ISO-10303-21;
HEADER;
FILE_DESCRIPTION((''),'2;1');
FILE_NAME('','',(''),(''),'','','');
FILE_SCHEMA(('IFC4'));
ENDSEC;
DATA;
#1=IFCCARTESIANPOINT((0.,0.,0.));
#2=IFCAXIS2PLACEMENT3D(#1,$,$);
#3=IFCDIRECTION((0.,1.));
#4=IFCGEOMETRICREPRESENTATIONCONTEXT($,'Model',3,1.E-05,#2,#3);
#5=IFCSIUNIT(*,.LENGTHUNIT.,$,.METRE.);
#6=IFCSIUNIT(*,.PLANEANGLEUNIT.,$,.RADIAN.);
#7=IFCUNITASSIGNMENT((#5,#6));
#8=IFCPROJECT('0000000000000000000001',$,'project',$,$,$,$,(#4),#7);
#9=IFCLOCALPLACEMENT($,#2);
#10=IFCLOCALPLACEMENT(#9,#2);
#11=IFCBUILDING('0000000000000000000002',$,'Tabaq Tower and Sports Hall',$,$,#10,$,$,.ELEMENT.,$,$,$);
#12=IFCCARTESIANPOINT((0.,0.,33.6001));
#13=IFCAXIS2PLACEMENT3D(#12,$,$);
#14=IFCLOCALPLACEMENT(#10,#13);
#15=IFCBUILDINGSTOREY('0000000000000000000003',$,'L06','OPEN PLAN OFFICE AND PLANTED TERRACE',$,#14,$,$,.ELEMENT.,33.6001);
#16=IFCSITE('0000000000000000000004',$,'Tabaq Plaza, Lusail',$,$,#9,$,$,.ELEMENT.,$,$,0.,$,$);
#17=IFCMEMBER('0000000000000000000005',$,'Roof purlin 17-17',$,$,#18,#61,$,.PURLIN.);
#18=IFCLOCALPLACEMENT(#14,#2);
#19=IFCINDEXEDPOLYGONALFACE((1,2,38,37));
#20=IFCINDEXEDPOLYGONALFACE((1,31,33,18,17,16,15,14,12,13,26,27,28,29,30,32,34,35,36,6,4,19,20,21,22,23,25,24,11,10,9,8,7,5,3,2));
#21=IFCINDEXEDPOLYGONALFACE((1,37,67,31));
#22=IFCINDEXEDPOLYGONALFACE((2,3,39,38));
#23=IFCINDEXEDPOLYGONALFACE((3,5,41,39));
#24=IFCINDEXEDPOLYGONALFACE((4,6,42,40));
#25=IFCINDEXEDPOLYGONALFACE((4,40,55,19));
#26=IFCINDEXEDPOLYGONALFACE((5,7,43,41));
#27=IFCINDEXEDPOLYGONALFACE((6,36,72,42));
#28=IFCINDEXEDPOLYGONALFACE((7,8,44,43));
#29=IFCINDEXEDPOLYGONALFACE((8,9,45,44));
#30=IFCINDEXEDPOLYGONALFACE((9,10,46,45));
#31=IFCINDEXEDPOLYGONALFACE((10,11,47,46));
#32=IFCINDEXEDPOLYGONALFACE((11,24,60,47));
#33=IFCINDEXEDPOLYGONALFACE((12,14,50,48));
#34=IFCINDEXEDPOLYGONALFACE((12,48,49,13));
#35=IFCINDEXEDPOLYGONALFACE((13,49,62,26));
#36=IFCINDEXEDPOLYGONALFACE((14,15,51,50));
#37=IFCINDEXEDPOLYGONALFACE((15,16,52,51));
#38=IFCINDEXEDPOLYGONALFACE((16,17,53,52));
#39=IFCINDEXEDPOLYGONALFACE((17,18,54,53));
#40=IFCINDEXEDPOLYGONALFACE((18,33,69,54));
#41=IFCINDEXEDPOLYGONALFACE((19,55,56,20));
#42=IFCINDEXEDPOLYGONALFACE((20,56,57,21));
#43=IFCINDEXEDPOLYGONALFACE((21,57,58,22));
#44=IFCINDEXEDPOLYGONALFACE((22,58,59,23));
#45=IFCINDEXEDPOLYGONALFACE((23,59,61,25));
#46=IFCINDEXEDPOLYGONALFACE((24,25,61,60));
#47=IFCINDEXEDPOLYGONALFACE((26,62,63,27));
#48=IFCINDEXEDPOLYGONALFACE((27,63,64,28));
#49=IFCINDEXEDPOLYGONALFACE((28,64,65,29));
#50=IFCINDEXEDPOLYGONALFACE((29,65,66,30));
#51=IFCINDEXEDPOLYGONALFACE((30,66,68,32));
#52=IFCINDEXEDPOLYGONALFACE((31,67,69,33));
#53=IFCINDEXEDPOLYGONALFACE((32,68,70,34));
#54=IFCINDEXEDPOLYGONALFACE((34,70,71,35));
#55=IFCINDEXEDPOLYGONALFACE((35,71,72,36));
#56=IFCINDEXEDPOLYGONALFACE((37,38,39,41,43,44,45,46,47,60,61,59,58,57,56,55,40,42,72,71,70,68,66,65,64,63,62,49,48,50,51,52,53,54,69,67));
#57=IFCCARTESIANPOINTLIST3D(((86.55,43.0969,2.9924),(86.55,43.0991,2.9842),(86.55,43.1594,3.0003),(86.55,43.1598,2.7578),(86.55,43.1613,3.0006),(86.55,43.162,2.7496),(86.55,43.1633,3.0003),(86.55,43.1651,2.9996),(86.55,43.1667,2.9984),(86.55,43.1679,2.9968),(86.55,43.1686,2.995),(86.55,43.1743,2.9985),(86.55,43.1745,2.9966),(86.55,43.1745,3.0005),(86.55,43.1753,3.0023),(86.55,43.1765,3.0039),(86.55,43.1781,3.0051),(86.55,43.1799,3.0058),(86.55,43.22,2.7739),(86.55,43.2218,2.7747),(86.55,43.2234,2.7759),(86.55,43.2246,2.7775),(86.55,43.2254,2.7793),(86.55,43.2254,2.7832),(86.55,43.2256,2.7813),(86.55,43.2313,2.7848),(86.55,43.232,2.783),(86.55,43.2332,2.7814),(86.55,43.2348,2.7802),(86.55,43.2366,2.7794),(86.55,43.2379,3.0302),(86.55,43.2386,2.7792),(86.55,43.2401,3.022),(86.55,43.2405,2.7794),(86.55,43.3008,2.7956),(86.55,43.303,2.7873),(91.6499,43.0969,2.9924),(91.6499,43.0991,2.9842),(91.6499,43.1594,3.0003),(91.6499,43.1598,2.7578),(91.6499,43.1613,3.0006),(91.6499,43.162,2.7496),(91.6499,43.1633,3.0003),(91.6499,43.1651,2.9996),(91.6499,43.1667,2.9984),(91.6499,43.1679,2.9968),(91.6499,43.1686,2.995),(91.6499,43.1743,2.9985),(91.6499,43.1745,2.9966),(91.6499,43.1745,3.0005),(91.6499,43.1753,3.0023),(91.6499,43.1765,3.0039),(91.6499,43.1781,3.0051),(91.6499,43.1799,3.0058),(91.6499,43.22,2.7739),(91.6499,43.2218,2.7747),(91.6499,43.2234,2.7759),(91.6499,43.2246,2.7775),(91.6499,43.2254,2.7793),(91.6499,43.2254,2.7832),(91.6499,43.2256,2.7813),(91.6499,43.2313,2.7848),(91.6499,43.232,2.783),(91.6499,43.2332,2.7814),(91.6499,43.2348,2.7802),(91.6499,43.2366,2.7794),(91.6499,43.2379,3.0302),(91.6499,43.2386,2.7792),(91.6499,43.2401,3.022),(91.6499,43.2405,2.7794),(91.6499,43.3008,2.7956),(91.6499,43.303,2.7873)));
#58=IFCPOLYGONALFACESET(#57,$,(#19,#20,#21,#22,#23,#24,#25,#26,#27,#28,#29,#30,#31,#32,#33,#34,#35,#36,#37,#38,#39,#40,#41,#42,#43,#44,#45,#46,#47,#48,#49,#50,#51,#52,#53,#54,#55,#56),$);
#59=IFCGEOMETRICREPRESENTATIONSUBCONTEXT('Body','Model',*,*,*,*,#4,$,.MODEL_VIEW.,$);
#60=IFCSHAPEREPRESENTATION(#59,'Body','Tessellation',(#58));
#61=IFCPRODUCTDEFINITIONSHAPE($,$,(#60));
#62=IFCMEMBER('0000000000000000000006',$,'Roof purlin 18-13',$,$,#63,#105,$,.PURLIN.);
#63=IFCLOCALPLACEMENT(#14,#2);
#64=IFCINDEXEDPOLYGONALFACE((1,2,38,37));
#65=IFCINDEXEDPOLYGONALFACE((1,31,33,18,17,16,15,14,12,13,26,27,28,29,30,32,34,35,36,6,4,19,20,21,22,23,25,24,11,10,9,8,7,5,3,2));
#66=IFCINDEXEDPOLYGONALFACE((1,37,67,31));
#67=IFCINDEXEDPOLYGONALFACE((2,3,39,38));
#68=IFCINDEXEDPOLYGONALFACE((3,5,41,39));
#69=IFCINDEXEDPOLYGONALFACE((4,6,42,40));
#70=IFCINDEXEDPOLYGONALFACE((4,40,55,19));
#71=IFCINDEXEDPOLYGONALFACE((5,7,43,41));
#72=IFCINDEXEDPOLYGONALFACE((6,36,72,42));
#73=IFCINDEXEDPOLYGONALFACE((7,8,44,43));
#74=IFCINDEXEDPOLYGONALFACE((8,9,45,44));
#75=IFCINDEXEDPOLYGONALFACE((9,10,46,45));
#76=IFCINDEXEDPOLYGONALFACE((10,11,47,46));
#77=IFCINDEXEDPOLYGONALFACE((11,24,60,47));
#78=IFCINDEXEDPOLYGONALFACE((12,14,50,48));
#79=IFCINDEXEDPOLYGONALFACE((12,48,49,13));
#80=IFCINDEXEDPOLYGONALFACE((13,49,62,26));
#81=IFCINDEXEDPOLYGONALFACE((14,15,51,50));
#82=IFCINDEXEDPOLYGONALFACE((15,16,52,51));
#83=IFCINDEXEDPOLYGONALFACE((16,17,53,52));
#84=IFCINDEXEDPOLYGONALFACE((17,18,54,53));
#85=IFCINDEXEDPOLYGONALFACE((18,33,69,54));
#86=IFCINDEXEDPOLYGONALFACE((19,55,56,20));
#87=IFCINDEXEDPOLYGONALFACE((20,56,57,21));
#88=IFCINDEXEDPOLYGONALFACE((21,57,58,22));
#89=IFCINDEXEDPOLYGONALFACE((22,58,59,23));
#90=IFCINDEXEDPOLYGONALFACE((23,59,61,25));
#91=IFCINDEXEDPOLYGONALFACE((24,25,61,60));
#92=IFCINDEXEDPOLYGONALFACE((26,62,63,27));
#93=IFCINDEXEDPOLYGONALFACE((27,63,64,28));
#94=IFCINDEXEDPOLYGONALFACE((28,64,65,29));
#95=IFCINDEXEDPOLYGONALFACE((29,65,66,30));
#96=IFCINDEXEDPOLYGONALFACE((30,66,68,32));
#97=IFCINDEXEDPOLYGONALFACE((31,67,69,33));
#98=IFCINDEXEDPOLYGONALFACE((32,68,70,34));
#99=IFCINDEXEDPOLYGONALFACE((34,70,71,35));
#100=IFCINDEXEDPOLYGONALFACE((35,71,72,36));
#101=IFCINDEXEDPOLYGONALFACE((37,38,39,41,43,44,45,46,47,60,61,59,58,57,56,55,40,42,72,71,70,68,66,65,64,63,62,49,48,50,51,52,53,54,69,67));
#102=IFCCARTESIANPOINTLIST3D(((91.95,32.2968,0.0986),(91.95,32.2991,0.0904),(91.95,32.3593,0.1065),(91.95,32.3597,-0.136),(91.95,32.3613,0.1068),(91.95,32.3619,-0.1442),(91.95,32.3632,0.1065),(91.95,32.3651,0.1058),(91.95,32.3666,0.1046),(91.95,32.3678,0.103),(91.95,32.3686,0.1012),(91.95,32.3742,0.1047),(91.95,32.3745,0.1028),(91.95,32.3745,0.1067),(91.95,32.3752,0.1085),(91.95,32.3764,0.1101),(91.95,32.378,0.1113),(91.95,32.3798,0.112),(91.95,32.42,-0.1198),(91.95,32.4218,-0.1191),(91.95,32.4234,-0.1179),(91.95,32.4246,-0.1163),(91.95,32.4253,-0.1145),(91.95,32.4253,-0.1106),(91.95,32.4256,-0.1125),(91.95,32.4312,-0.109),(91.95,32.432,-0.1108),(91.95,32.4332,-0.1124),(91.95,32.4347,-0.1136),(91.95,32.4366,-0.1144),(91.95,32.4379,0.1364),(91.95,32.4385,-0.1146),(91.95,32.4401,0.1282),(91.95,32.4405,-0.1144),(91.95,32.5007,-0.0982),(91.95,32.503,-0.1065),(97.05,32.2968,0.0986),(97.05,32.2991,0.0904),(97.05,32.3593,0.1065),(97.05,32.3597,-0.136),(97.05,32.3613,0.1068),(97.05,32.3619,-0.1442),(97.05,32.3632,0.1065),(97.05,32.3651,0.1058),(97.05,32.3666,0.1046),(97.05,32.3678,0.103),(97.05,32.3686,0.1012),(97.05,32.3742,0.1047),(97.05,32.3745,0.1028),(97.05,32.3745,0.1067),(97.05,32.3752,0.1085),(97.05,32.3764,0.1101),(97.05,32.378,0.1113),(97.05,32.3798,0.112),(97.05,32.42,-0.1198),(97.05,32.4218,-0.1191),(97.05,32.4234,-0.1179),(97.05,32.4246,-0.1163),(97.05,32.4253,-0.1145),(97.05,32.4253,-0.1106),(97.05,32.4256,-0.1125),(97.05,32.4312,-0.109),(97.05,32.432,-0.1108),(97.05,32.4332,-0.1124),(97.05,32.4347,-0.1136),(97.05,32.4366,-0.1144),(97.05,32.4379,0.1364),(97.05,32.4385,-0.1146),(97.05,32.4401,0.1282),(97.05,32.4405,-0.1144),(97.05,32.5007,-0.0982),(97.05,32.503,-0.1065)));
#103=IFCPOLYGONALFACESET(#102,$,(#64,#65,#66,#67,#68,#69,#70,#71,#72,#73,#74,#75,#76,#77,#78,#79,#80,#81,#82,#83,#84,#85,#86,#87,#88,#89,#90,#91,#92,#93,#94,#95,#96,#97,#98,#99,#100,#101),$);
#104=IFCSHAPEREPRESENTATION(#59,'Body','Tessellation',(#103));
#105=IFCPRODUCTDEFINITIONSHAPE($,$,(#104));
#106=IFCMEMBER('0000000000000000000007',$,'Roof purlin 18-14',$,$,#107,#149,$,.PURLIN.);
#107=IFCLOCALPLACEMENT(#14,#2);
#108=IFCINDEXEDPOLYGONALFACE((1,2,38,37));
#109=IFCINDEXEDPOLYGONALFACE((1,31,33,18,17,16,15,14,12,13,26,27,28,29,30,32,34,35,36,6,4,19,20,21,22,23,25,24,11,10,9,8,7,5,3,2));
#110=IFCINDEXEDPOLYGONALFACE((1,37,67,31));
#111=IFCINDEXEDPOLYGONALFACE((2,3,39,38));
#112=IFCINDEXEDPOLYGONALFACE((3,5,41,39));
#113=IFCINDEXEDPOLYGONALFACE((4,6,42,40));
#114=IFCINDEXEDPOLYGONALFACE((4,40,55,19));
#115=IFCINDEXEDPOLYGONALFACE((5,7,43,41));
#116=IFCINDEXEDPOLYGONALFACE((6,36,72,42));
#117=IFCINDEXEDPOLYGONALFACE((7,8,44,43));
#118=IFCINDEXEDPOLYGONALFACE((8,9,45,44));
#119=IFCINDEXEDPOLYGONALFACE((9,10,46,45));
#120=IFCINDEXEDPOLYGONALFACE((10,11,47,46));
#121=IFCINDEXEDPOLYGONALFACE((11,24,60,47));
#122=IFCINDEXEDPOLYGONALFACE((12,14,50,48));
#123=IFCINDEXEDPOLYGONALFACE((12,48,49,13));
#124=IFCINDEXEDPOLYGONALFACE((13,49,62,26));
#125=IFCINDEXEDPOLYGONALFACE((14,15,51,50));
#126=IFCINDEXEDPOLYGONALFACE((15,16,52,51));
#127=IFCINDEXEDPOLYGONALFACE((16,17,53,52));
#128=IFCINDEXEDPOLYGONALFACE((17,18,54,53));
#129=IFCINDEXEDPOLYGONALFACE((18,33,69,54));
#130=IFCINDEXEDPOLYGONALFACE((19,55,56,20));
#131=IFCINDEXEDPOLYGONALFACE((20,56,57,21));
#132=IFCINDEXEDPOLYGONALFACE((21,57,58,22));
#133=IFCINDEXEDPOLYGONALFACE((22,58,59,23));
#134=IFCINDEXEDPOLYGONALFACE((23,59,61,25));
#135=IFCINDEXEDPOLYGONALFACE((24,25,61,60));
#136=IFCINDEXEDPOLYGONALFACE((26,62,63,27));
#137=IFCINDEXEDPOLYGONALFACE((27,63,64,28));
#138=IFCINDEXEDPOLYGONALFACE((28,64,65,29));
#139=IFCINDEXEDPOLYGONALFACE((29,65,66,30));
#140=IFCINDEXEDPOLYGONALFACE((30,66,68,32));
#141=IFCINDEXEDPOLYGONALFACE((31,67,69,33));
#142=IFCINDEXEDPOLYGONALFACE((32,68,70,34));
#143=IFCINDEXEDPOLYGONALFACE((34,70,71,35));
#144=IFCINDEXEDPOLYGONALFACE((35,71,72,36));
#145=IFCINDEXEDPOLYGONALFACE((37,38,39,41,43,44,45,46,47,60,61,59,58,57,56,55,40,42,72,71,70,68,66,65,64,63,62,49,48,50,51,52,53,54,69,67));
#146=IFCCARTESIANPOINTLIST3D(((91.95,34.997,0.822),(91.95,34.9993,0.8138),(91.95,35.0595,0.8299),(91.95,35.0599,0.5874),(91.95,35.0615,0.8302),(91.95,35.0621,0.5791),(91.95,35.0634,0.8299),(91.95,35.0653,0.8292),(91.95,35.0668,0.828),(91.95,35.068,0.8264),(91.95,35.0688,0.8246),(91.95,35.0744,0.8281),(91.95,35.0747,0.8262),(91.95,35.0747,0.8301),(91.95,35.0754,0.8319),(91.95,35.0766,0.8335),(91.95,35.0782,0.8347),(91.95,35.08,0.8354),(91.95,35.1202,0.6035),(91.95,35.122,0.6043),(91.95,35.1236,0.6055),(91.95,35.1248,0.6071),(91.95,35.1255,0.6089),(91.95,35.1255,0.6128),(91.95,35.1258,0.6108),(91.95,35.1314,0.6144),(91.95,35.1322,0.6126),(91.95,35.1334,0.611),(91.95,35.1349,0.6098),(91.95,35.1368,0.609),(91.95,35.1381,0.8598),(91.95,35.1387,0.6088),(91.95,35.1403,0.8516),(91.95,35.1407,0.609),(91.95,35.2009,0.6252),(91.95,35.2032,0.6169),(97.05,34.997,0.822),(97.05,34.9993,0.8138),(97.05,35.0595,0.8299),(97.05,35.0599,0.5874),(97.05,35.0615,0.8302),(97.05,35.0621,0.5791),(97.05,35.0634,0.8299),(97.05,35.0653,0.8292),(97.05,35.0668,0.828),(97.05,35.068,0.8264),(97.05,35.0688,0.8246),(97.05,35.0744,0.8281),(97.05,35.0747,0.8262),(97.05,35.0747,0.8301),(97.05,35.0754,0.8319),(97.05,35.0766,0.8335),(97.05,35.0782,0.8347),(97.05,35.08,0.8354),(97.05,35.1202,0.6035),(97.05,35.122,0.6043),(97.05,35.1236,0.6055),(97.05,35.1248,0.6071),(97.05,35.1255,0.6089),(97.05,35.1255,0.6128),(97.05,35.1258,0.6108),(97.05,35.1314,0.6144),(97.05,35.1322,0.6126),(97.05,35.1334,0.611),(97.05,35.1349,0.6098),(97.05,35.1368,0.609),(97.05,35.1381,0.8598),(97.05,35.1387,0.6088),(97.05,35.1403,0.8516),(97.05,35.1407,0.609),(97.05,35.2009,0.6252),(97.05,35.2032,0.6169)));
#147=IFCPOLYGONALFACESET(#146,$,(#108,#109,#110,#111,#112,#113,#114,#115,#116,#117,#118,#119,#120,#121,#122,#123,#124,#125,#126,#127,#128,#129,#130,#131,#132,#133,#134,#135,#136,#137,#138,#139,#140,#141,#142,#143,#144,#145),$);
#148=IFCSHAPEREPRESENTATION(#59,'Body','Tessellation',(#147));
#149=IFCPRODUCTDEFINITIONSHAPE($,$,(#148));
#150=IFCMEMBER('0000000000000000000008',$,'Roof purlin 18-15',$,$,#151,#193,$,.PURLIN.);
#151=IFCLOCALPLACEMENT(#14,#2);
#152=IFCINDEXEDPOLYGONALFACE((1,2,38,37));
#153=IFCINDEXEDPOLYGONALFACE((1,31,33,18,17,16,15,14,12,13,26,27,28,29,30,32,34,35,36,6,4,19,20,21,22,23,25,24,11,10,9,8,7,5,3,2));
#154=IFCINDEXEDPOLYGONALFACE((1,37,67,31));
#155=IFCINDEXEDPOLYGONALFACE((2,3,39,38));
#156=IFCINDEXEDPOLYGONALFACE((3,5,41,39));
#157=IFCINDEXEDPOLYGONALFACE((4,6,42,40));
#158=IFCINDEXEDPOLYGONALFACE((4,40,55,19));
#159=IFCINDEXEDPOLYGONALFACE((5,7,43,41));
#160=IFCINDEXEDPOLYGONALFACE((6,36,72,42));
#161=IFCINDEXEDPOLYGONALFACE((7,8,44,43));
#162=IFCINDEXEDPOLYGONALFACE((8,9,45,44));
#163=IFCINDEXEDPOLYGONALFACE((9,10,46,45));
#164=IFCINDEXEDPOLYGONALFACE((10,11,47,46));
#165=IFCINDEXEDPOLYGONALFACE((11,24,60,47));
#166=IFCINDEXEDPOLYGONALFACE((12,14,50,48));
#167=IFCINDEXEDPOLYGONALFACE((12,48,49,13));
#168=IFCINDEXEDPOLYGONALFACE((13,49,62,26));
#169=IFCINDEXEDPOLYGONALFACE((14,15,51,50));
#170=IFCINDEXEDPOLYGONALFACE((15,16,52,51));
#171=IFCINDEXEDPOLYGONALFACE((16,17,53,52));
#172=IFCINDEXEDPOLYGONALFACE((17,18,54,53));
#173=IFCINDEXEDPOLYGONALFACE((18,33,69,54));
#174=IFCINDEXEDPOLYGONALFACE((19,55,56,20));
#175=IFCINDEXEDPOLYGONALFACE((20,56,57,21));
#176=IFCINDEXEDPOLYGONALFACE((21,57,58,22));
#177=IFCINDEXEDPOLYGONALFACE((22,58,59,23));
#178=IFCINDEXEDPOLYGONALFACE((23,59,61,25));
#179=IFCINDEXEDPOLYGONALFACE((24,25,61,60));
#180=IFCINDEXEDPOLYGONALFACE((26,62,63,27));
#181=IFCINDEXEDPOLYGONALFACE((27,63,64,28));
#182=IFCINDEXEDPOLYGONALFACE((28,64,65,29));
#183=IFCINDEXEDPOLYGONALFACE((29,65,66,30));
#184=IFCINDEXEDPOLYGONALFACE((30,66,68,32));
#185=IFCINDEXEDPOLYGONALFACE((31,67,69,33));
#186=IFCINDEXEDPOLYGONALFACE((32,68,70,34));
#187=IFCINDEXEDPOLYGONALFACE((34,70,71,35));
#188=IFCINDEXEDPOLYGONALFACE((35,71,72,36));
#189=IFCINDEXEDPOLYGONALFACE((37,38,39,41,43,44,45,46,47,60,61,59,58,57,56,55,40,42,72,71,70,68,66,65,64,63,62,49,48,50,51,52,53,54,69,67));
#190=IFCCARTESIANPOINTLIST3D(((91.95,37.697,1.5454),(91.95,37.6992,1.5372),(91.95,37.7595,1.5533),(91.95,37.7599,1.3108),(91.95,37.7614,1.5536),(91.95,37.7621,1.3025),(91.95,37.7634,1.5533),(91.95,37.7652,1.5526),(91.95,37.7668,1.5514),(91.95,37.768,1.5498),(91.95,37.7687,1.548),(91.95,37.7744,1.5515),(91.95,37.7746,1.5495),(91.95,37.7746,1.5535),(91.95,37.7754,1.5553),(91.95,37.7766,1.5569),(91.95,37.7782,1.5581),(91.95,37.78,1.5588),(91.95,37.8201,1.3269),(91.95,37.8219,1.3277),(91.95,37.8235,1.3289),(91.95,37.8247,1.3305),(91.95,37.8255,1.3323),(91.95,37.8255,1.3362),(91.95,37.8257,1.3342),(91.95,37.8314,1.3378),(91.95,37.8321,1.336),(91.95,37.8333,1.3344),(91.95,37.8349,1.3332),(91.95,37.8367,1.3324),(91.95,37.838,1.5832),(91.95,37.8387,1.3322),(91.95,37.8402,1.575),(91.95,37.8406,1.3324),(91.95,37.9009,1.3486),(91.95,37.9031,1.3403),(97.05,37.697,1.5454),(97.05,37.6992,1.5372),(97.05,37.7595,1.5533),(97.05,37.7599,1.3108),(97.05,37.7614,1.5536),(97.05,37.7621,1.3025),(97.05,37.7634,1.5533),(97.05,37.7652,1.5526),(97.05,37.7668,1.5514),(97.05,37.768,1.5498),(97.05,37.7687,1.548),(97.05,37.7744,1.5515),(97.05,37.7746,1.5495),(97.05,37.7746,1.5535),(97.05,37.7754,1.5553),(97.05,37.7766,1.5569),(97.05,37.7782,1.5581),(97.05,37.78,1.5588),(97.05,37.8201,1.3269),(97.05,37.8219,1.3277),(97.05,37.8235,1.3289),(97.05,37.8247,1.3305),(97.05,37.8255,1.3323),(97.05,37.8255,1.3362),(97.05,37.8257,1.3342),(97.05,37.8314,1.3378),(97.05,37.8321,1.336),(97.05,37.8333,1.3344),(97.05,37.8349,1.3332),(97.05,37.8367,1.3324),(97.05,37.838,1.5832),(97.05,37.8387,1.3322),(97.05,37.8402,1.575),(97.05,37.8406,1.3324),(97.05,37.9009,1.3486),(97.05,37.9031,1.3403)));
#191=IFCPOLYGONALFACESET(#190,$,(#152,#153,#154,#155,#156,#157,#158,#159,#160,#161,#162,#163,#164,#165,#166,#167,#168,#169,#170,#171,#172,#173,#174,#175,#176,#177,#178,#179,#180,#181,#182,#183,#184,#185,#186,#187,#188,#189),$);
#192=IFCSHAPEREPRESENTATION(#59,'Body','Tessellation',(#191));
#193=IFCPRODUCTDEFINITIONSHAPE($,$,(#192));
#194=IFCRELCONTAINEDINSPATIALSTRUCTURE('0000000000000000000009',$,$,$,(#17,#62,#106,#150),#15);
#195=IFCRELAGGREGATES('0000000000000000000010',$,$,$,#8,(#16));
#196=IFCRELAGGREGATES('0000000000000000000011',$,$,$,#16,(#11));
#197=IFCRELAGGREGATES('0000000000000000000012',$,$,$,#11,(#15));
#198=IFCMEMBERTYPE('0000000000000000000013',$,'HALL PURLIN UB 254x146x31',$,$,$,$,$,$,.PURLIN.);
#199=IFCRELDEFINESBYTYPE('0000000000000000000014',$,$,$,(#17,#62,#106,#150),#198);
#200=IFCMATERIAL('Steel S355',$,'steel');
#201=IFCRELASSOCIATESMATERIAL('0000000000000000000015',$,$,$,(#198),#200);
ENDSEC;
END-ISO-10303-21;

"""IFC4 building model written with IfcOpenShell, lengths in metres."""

from ifc_helpers import new_model, si_unit, direction, frame, origin, origin_2d, place, context, subcontext, project, spatial, i_section, extrude, material, material_profile, profile_set, type_object, element, save


model = new_model("IFC4")

# Units and contexts
model_context = context("Model", 3, precision=1e-05, world=origin(), true_north=direction((0.0, 1.0)))
body_context = subcontext(model_context, "Body", "Model", "MODEL_VIEW")
ifc_project = project(units=[si_unit("LENGTHUNIT", "METRE"), si_unit("PLANEANGLEUNIT", "RADIAN")], contexts=[model_context])

# Site, building, storey
site_placement = place(None, origin())
site = spatial("IfcSite", under=ifc_project, at=site_placement, Name="Tabaq Plaza, Lusail", CompositionType="ELEMENT", RefElevation=0.0)
building_placement = place(site_placement, origin())
building = spatial("IfcBuilding", under=site, at=building_placement, Name="Tabaq Tower and Sports Hall", CompositionType="ELEMENT")
storey_placement = place(building_placement, frame((0.0, 0.0, 33.6001)))
storey = spatial("IfcBuildingStorey", under=building, at=storey_placement, Name="L06", Description="OPEN PLAN OFFICE AND PLANTED TERRACE", CompositionType="ELEMENT", Elevation=33.6001)

# Members
ifc_material_1 = material(Name="Steel S355", Category="steel")
ifc_material_profile_1 = material_profile(ifc_material_1, i_section(OverallWidth=0.146, OverallDepth=0.2515, WebThickness=0.0061, FlangeThickness=0.0085, FilletRadius=0.0076, at=origin_2d()), Name="UB 254x146x31")
ifc_profile_set_1 = profile_set([ifc_material_profile_1], Name="Steel S355")
member_type = type_object("IfcMemberType", Name="HALL PURLIN UB 254x146x31", PredefinedType="PURLIN", material=ifc_profile_set_1)
for number, where, z_axis, x_axis, name in (
    (1, (86.55, 43.2, 2.8899), (1.0, 0.0, 0.0), (0.0, 0.965926, 0.258819), "Roof purlin 17-17"),
):
    element("IfcMember", number, at=place(storey_placement, frame(where, z_axis=z_axis, x_axis=x_axis)), inside=storey, type_object=member_type, Name=name, PredefinedType="PURLIN", context=body_context, shape_type="SweptSolid", body=[
        extrude(i_section(OverallWidth=0.146, OverallDepth=0.2515, WebThickness=0.0061, FlangeThickness=0.0085, FilletRadius=0.0076, at=origin_2d()), origin(), (0.0, 0.0, 1.0), 5.0999),
    ])
for number, where, z_axis, x_axis, name in (
    (2, (91.95, 32.3999, -0.0039), (1.0, 0.0, 0.0), (0.0, 0.965926, 0.258819), "Roof purlin 18-13"),
    (3, (91.95, 35.1001, 0.7195), (1.0, 0.0, 0.0), (0.0, 0.965926, 0.258819), "Roof purlin 18-14"),
    (4, (91.95, 37.8, 1.4429), (1.0, 0.0, 0.0), (0.0, 0.965926, 0.258819), "Roof purlin 18-15"),
):
    element("IfcMember", number, at=place(storey_placement, frame(where, z_axis=z_axis, x_axis=x_axis)), inside=storey, type_object=member_type, Name=name, PredefinedType="PURLIN", context=body_context, shape_type="SweptSolid", body=[
        extrude(i_section(OverallWidth=0.146, OverallDepth=0.2515, WebThickness=0.0061, FlangeThickness=0.0085, FilletRadius=0.0076, at=origin_2d()), origin(), (0.0, 0.0, 1.0), 5.1001),
    ])

save(model, "model.ifc")
